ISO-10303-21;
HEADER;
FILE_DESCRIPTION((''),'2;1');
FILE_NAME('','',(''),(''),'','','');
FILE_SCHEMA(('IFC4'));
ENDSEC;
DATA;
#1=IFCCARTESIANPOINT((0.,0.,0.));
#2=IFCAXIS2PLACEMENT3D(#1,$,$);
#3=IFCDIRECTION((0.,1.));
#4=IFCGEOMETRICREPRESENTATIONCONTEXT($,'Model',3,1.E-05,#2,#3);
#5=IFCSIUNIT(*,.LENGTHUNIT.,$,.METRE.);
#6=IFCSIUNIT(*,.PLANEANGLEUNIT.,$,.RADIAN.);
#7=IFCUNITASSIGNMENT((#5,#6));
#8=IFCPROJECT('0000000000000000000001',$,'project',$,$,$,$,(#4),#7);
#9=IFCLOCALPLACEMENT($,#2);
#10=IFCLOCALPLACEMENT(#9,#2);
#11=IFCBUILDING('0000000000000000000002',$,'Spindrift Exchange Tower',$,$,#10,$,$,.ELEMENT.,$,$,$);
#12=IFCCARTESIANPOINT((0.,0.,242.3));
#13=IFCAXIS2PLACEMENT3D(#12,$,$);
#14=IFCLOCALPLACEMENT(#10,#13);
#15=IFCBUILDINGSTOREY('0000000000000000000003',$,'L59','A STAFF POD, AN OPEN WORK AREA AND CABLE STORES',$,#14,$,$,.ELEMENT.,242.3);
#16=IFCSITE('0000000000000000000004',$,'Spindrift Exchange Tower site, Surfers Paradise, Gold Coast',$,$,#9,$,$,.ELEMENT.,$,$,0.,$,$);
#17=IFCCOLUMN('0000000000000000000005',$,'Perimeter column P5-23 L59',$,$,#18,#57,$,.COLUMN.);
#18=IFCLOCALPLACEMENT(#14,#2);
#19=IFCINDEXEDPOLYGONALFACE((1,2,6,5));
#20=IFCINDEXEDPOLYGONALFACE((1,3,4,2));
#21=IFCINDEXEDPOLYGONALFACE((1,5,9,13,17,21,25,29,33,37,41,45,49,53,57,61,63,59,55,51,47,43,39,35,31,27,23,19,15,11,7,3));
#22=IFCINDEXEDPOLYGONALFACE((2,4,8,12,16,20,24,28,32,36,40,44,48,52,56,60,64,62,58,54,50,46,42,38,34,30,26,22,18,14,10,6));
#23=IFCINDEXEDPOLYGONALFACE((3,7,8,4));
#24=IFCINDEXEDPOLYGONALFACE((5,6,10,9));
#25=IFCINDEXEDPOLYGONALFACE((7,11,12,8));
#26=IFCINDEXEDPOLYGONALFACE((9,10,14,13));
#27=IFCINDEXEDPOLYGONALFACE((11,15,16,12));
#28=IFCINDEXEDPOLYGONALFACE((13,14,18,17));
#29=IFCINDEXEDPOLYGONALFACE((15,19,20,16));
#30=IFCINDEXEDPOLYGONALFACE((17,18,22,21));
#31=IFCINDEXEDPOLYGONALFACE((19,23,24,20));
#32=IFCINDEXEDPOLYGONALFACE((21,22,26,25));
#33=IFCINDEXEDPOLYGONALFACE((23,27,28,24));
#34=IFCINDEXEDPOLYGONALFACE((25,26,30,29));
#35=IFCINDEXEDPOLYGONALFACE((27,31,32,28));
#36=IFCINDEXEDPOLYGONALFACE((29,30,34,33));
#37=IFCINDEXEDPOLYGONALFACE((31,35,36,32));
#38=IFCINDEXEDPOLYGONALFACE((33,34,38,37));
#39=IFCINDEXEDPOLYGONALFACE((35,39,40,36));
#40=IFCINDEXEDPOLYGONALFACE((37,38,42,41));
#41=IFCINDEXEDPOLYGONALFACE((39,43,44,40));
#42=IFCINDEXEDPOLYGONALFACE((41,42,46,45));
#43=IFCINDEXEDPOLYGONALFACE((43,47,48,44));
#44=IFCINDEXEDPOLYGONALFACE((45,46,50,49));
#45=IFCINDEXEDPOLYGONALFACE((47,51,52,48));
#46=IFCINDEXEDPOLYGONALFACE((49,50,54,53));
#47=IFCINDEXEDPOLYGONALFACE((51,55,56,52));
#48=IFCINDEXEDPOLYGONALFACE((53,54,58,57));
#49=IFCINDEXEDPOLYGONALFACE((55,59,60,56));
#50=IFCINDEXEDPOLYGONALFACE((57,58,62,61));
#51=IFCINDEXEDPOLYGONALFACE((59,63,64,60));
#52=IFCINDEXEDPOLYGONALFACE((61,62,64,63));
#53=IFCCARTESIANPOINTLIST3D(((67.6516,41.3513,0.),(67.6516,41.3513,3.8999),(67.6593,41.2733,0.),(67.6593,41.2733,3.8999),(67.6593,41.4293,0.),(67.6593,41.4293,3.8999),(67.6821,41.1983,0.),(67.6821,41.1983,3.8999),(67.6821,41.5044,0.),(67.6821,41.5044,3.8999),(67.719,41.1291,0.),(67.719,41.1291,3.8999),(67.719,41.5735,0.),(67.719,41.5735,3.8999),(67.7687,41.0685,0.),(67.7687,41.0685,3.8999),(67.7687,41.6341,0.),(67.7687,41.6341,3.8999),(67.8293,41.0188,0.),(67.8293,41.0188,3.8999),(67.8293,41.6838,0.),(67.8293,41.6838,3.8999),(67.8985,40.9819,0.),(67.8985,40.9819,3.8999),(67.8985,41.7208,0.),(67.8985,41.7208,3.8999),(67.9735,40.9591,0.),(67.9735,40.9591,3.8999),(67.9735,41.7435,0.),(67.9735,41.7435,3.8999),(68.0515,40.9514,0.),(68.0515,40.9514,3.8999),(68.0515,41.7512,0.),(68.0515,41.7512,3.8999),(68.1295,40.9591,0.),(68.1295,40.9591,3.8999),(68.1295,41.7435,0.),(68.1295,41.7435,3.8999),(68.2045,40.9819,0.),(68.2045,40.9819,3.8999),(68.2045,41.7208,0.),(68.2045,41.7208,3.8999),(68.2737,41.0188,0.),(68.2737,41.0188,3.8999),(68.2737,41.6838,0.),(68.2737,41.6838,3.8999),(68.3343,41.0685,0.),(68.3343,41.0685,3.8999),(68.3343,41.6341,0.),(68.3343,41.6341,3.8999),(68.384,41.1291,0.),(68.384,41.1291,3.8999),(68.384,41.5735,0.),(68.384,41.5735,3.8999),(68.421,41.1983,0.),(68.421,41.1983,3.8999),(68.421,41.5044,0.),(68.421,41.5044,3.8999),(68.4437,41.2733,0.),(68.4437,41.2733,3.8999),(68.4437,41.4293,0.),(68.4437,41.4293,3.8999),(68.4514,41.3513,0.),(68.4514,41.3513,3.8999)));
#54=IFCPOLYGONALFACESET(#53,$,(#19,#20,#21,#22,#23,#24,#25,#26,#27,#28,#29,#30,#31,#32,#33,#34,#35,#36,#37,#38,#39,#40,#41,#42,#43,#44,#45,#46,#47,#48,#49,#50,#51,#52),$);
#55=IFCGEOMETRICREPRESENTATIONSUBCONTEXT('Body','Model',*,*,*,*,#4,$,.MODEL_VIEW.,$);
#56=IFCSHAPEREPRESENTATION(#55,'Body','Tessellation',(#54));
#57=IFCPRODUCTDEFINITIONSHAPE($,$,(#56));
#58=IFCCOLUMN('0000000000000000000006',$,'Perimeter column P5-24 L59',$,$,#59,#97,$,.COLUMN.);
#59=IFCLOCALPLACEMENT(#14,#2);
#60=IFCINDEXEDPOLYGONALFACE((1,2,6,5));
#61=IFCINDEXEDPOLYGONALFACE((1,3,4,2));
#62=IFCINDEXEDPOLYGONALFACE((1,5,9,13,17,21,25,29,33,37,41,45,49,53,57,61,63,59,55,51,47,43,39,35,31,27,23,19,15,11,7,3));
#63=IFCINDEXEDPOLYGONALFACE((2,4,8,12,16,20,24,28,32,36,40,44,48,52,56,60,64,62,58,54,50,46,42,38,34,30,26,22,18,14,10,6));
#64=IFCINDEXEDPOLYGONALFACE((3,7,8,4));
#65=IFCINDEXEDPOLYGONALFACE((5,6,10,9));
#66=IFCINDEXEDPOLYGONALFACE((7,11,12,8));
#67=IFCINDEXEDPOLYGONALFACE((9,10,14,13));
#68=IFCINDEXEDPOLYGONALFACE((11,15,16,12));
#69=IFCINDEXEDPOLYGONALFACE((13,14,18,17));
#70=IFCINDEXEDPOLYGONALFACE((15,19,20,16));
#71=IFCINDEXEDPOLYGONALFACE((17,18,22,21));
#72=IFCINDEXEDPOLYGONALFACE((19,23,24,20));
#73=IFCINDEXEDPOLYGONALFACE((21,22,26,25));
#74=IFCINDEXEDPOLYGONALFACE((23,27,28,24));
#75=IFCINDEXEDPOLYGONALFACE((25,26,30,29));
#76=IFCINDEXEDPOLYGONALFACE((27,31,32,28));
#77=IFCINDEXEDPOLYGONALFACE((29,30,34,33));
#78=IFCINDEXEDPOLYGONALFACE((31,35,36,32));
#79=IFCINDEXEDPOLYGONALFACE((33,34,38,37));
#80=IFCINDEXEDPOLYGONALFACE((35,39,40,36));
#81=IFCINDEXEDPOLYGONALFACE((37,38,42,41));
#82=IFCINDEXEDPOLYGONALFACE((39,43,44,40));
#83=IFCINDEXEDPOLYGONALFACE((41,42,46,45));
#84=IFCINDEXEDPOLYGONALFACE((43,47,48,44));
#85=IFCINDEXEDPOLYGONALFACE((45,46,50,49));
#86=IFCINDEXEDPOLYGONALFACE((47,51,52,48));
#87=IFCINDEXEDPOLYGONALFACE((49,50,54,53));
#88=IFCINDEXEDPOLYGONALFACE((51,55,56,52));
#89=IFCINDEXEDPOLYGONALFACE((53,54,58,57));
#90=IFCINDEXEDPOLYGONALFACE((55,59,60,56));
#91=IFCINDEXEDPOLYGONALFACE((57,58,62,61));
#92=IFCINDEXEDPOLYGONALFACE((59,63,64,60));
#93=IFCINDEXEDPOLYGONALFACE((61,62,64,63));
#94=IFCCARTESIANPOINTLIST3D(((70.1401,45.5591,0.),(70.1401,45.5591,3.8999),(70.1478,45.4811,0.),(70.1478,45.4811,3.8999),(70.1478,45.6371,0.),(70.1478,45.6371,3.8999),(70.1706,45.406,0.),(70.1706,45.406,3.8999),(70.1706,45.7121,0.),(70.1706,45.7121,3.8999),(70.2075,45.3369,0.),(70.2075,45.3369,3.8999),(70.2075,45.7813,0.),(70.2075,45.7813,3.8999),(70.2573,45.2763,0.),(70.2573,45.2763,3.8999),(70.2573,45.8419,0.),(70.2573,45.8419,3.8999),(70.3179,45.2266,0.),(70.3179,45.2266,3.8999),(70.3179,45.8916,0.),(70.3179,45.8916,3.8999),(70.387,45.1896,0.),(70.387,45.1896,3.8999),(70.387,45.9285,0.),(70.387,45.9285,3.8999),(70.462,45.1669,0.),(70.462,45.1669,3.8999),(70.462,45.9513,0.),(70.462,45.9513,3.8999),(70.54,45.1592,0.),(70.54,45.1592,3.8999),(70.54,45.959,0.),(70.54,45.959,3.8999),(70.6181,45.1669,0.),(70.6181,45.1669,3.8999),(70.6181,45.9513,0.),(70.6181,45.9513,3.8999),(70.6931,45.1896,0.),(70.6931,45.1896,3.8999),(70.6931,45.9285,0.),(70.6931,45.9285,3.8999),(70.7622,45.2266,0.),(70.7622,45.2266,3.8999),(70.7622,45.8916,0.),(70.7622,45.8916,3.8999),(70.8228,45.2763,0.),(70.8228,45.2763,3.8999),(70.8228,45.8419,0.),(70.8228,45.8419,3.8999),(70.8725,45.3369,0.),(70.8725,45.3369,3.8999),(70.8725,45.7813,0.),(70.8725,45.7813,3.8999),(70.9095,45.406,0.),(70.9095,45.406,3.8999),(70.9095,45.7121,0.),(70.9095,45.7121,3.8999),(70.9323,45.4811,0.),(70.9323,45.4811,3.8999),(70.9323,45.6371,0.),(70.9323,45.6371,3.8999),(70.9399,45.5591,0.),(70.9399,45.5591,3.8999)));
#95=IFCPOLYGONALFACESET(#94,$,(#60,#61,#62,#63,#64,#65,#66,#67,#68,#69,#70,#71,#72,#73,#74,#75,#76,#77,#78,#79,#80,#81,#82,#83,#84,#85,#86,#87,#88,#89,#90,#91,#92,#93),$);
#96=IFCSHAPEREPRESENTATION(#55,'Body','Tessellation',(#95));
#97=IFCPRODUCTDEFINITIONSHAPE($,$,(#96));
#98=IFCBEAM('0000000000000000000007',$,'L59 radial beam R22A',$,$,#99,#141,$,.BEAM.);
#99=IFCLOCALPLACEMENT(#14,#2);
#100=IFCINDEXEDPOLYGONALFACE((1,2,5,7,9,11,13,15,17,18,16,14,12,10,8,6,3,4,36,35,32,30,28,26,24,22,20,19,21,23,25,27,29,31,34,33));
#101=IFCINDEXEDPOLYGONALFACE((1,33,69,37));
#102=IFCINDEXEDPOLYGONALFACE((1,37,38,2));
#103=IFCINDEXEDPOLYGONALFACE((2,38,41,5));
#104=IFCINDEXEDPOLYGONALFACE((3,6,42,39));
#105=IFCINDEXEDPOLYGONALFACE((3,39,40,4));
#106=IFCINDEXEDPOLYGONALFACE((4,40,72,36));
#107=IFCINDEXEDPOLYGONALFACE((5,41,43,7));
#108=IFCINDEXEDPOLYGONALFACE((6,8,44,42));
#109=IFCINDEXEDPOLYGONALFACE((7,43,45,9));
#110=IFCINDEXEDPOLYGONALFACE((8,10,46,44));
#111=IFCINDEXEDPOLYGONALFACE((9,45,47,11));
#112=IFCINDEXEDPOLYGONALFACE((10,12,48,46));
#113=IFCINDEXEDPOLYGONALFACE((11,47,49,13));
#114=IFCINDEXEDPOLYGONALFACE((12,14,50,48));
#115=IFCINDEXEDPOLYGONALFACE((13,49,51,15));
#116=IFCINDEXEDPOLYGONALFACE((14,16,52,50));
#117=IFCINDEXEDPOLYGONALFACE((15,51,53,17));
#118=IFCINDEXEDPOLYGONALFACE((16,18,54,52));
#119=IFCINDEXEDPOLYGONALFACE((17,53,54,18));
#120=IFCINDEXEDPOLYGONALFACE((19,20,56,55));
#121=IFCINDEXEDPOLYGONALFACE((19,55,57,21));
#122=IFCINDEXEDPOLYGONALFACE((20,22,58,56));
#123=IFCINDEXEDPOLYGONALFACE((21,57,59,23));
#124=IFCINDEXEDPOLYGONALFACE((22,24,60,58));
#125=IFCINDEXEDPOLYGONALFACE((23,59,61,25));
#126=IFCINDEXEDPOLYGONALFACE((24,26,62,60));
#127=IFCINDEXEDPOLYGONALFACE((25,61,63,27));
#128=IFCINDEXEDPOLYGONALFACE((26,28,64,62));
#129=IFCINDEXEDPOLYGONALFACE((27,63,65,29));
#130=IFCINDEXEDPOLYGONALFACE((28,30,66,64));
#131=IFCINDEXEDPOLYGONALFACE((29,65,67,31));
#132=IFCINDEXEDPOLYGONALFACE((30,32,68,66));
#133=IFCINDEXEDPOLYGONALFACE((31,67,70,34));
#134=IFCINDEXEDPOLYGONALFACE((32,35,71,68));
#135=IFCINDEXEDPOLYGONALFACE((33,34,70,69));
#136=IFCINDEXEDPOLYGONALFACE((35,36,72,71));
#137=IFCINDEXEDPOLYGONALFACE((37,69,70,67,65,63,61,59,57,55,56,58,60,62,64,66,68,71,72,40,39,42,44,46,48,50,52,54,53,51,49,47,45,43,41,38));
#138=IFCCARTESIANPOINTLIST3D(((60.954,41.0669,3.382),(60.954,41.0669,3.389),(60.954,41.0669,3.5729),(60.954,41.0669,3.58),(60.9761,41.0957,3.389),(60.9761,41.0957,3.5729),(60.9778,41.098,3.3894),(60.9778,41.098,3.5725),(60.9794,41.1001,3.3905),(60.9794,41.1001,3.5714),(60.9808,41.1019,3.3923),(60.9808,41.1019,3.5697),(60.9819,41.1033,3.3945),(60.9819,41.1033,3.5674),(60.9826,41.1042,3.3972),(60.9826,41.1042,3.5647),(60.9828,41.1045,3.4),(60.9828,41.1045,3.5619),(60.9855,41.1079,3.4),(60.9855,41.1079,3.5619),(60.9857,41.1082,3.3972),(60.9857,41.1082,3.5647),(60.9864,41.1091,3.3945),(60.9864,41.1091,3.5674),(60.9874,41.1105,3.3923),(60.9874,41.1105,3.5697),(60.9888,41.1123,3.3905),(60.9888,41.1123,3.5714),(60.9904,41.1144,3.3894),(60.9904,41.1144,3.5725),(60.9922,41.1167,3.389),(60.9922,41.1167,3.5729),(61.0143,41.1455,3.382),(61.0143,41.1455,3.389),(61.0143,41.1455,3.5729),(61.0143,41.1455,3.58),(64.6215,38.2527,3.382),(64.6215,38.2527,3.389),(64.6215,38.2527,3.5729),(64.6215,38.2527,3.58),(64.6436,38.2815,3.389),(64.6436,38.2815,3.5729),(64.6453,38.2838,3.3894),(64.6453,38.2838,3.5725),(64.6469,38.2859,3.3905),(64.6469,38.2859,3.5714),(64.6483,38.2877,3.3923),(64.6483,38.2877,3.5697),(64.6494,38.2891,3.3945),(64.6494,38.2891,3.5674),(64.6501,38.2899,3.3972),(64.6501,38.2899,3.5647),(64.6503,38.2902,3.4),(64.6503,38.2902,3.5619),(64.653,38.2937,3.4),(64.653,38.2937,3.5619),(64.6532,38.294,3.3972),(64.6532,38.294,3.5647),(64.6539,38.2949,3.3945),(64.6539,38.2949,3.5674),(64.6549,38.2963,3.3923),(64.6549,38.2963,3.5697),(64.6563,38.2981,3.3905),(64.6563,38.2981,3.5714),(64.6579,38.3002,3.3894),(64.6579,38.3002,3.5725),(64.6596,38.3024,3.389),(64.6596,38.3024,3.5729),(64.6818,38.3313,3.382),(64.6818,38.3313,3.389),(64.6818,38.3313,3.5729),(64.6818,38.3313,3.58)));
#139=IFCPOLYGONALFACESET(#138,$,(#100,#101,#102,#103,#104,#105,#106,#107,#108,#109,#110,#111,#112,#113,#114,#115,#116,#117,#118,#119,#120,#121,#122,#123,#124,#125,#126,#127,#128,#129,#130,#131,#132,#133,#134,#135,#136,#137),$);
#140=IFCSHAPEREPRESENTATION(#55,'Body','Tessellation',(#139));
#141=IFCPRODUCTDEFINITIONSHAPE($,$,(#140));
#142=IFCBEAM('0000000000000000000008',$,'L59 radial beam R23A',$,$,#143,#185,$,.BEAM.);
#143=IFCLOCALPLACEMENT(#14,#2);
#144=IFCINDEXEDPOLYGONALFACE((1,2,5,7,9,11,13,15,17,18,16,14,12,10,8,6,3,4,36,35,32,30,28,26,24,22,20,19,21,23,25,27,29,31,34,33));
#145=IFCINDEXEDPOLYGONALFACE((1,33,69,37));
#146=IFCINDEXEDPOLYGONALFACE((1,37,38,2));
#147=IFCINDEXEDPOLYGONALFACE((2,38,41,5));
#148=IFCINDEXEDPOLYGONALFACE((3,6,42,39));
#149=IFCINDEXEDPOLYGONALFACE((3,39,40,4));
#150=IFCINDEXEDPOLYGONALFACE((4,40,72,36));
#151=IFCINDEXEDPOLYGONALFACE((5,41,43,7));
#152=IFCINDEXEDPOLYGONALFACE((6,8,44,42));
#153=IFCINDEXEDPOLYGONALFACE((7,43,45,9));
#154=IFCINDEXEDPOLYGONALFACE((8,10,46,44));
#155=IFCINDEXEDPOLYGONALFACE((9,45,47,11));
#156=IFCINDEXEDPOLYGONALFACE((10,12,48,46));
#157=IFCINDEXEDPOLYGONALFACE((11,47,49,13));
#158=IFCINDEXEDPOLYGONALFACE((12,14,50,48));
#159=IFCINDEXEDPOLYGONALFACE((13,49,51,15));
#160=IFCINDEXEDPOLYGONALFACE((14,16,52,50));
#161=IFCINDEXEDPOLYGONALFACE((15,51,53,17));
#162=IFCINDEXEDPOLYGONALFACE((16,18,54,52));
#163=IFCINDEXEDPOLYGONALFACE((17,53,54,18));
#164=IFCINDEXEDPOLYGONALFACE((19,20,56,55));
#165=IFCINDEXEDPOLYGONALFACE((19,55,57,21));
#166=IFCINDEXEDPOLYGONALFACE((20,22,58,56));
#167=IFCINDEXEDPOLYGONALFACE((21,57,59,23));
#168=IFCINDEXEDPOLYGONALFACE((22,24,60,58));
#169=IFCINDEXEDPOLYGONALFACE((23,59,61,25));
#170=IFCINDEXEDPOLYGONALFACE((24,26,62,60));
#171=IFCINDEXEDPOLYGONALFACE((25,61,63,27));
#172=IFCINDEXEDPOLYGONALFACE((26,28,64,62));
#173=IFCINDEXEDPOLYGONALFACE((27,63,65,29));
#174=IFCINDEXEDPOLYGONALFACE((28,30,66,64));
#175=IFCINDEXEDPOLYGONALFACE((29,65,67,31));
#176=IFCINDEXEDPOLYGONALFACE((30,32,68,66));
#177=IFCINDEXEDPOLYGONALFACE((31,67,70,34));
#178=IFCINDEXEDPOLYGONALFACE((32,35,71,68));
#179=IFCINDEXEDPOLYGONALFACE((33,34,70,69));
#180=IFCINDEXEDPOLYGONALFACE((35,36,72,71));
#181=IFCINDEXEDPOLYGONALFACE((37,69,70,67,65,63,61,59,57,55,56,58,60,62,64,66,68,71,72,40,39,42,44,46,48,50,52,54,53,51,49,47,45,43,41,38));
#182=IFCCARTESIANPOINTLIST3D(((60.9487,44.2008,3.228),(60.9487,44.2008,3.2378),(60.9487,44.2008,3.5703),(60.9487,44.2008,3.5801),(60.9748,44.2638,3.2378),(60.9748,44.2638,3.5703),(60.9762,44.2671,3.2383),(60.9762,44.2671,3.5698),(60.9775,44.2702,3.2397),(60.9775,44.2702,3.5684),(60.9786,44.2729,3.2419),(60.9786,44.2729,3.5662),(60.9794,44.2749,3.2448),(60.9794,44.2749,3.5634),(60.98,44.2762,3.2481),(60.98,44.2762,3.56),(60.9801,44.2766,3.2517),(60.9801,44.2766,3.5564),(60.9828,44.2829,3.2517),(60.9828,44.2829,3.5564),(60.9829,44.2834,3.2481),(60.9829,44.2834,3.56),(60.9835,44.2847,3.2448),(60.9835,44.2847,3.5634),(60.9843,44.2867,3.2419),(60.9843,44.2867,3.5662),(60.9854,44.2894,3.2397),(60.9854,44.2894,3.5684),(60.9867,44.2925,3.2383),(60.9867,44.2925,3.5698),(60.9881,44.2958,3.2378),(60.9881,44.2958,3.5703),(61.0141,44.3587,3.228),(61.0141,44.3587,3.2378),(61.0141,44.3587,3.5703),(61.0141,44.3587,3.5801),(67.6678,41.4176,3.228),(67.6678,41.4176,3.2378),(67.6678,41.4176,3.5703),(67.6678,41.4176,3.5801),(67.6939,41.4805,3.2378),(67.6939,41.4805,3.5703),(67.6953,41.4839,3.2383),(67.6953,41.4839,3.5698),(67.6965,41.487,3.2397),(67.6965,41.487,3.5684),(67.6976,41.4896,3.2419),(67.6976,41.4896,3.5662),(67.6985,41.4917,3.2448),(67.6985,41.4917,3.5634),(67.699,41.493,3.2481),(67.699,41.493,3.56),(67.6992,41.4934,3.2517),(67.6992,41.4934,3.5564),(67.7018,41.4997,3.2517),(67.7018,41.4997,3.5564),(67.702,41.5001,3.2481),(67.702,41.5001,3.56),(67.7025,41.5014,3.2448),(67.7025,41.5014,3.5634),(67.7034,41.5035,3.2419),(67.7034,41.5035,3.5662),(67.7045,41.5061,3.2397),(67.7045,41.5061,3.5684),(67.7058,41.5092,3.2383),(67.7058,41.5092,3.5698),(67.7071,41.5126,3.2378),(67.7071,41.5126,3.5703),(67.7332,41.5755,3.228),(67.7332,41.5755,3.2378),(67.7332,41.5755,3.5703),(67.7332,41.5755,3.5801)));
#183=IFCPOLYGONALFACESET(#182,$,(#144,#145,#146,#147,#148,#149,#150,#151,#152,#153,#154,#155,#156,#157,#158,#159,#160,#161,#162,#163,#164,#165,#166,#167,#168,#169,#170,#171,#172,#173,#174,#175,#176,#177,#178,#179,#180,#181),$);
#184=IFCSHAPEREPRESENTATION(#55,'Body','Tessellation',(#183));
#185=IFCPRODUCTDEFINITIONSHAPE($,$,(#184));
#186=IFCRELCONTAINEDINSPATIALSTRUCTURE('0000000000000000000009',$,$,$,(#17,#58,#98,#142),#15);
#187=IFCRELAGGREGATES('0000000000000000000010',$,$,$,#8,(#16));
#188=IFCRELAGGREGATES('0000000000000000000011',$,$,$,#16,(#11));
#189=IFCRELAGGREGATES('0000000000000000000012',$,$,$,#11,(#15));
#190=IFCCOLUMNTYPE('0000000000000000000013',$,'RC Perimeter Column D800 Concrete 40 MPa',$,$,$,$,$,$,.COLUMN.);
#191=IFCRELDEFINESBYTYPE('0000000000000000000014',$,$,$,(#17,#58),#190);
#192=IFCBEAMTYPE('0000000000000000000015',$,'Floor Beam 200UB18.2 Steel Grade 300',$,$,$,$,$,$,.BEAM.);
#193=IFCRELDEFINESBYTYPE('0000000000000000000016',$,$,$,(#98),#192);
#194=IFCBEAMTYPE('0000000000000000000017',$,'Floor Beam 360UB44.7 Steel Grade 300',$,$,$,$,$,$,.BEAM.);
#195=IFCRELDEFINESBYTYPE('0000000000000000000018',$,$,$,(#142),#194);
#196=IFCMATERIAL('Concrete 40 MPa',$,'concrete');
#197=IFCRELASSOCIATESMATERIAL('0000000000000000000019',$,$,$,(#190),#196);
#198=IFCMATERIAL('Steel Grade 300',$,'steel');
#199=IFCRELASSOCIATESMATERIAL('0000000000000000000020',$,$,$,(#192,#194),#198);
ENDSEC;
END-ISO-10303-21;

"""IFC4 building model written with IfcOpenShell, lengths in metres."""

from ifc_helpers import new_model, si_unit, direction, frame, origin, origin_2d, place, context, subcontext, project, spatial, circle, i_section, extrude, source, transform, mapped, material, material_profile, profile_set, type_object, element, save


model = new_model("IFC4")

# Units and contexts
model_context = context("Model", 3, precision=1e-05, world=origin(), true_north=direction((0.0, 1.0)))
body_context = subcontext(model_context, "Body", "Model", "MODEL_VIEW")
ifc_project = project(units=[si_unit("LENGTHUNIT", "METRE"), si_unit("PLANEANGLEUNIT", "RADIAN")], contexts=[model_context])

# Site, building, storey
site_placement = place(None, origin())
site = spatial("IfcSite", under=ifc_project, at=site_placement, Name="Spindrift Exchange Tower site, Surfers Paradise, Gold Coast", CompositionType="ELEMENT", RefElevation=0.0)
building_placement = place(site_placement, origin())
building = spatial("IfcBuilding", under=site, at=building_placement, Name="Spindrift Exchange Tower", CompositionType="ELEMENT")
storey_placement = place(building_placement, frame((0.0, 0.0, 242.3)))
storey = spatial("IfcBuildingStorey", under=building, at=storey_placement, Name="L59", Description="A STAFF POD, AN OPEN WORK AREA AND CABLE STORES", CompositionType="ELEMENT", Elevation=242.3)

# Columns
ifc_material_1 = material(Name="Concrete 40 MPa", Category="concrete")
ifc_material_profile_1 = material_profile(ifc_material_1, circle(Radius=0.3999, at=origin_2d()), Name="RC D800")
ifc_profile_set_1 = profile_set([ifc_material_profile_1], Name="Concrete 40 MPa")
column_type = type_object("IfcColumnType", Name="RC Perimeter Column D800 Concrete 40 MPa", PredefinedType="COLUMN", material=ifc_profile_set_1)
shared_shape_1 = source(origin(), body_context, "Body", "SweptSolid", [
    extrude(circle(Radius=0.3999, at=origin_2d()), origin(), (0.0, 0.0, 1.0), 3.8999),
])
for number, where, z_axis, x_axis, name in (
    (1, (68.0515, 41.3513, 0.0), (0.0, 0.0, 1.0), (1.0, 0.0, 0.0), "Perimeter column P5-23 L59"),
    (2, (70.54, 45.5591, 0.0), (0.0, 0.0, 1.0), (1.0, 0.0, 0.0), "Perimeter column P5-24 L59"),
):
    element("IfcColumn", number, at=place(storey_placement, frame(where, z_axis=z_axis, x_axis=x_axis)), inside=storey, type_object=column_type, Name=name, PredefinedType="COLUMN", context=body_context, shape_type="MappedRepresentation", body=[
        mapped(shared_shape_1, transform((0.0, 0.0, 0.0), scale=1.0)),
    ])

# Beams
ifc_material_2 = material(Name="Steel Grade 300", Category="steel")
ifc_material_profile_2 = material_profile(ifc_material_2, i_section(OverallWidth=0.0991, OverallDepth=0.198, WebThickness=0.0044, FlangeThickness=0.0071, FilletRadius=0.011, at=origin_2d()), Name="200UB18.2")
ifc_profile_set_2 = profile_set([ifc_material_profile_2], Name="Steel Grade 300")
beam_type_1 = type_object("IfcBeamType", Name="Floor Beam 200UB18.2 Steel Grade 300", PredefinedType="BEAM", material=ifc_profile_set_2)
shared_shape_2 = source(origin(), body_context, "Body", "SweptSolid", [
    extrude(i_section(OverallWidth=0.0991, OverallDepth=0.198, WebThickness=0.0044, FlangeThickness=0.0071, FilletRadius=0.011, at=origin_2d()), origin(), (0.0, 0.0, 1.0), 4.6228),
])
beam_1_placement = place(storey_placement, frame((60.9841, 41.1062, 3.481), z_axis=(0.793348, -0.608769, 0.0), x_axis=(0.608769, 0.793348, 0.0)))
element("IfcBeam", 3, at=beam_1_placement, inside=storey, type_object=beam_type_1, Name="L59 radial beam R22A", PredefinedType="BEAM", context=body_context, shape_type="MappedRepresentation", body=[
    mapped(shared_shape_2, transform((0.0, 0.0, 0.0), scale=1.0)),
])
ifc_material_profile_3 = material_profile(ifc_material_2, i_section(OverallWidth=0.1709, OverallDepth=0.3521, WebThickness=0.0068, FlangeThickness=0.0098, FilletRadius=0.0139, at=origin_2d()), Name="360UB44.7")
ifc_profile_set_3 = profile_set([ifc_material_profile_3], Name="Steel Grade 300")
beam_type_2 = type_object("IfcBeamType", Name="Floor Beam 360UB44.7 Steel Grade 300", PredefinedType="BEAM", material=ifc_profile_set_3)
shared_shape_3 = source(origin(), body_context, "Body", "SweptSolid", [
    extrude(i_section(OverallWidth=0.1709, OverallDepth=0.3521, WebThickness=0.0068, FlangeThickness=0.0098, FilletRadius=0.0139, at=origin_2d()), origin(), (0.0, 0.0, 1.0), 7.2727),
])
beam_2_placement = place(storey_placement, frame((60.9814, 44.2798, 3.4041), z_axis=(0.923874, -0.382696, 0.0), x_axis=(0.382696, 0.923874, 0.0)))
element("IfcBeam", 4, at=beam_2_placement, inside=storey, type_object=beam_type_2, Name="L59 radial beam R23A", PredefinedType="BEAM", context=body_context, shape_type="MappedRepresentation", body=[
    mapped(shared_shape_3, transform((0.0, 0.0, 0.0), scale=1.0)),
])

save(model, "model.ifc")
